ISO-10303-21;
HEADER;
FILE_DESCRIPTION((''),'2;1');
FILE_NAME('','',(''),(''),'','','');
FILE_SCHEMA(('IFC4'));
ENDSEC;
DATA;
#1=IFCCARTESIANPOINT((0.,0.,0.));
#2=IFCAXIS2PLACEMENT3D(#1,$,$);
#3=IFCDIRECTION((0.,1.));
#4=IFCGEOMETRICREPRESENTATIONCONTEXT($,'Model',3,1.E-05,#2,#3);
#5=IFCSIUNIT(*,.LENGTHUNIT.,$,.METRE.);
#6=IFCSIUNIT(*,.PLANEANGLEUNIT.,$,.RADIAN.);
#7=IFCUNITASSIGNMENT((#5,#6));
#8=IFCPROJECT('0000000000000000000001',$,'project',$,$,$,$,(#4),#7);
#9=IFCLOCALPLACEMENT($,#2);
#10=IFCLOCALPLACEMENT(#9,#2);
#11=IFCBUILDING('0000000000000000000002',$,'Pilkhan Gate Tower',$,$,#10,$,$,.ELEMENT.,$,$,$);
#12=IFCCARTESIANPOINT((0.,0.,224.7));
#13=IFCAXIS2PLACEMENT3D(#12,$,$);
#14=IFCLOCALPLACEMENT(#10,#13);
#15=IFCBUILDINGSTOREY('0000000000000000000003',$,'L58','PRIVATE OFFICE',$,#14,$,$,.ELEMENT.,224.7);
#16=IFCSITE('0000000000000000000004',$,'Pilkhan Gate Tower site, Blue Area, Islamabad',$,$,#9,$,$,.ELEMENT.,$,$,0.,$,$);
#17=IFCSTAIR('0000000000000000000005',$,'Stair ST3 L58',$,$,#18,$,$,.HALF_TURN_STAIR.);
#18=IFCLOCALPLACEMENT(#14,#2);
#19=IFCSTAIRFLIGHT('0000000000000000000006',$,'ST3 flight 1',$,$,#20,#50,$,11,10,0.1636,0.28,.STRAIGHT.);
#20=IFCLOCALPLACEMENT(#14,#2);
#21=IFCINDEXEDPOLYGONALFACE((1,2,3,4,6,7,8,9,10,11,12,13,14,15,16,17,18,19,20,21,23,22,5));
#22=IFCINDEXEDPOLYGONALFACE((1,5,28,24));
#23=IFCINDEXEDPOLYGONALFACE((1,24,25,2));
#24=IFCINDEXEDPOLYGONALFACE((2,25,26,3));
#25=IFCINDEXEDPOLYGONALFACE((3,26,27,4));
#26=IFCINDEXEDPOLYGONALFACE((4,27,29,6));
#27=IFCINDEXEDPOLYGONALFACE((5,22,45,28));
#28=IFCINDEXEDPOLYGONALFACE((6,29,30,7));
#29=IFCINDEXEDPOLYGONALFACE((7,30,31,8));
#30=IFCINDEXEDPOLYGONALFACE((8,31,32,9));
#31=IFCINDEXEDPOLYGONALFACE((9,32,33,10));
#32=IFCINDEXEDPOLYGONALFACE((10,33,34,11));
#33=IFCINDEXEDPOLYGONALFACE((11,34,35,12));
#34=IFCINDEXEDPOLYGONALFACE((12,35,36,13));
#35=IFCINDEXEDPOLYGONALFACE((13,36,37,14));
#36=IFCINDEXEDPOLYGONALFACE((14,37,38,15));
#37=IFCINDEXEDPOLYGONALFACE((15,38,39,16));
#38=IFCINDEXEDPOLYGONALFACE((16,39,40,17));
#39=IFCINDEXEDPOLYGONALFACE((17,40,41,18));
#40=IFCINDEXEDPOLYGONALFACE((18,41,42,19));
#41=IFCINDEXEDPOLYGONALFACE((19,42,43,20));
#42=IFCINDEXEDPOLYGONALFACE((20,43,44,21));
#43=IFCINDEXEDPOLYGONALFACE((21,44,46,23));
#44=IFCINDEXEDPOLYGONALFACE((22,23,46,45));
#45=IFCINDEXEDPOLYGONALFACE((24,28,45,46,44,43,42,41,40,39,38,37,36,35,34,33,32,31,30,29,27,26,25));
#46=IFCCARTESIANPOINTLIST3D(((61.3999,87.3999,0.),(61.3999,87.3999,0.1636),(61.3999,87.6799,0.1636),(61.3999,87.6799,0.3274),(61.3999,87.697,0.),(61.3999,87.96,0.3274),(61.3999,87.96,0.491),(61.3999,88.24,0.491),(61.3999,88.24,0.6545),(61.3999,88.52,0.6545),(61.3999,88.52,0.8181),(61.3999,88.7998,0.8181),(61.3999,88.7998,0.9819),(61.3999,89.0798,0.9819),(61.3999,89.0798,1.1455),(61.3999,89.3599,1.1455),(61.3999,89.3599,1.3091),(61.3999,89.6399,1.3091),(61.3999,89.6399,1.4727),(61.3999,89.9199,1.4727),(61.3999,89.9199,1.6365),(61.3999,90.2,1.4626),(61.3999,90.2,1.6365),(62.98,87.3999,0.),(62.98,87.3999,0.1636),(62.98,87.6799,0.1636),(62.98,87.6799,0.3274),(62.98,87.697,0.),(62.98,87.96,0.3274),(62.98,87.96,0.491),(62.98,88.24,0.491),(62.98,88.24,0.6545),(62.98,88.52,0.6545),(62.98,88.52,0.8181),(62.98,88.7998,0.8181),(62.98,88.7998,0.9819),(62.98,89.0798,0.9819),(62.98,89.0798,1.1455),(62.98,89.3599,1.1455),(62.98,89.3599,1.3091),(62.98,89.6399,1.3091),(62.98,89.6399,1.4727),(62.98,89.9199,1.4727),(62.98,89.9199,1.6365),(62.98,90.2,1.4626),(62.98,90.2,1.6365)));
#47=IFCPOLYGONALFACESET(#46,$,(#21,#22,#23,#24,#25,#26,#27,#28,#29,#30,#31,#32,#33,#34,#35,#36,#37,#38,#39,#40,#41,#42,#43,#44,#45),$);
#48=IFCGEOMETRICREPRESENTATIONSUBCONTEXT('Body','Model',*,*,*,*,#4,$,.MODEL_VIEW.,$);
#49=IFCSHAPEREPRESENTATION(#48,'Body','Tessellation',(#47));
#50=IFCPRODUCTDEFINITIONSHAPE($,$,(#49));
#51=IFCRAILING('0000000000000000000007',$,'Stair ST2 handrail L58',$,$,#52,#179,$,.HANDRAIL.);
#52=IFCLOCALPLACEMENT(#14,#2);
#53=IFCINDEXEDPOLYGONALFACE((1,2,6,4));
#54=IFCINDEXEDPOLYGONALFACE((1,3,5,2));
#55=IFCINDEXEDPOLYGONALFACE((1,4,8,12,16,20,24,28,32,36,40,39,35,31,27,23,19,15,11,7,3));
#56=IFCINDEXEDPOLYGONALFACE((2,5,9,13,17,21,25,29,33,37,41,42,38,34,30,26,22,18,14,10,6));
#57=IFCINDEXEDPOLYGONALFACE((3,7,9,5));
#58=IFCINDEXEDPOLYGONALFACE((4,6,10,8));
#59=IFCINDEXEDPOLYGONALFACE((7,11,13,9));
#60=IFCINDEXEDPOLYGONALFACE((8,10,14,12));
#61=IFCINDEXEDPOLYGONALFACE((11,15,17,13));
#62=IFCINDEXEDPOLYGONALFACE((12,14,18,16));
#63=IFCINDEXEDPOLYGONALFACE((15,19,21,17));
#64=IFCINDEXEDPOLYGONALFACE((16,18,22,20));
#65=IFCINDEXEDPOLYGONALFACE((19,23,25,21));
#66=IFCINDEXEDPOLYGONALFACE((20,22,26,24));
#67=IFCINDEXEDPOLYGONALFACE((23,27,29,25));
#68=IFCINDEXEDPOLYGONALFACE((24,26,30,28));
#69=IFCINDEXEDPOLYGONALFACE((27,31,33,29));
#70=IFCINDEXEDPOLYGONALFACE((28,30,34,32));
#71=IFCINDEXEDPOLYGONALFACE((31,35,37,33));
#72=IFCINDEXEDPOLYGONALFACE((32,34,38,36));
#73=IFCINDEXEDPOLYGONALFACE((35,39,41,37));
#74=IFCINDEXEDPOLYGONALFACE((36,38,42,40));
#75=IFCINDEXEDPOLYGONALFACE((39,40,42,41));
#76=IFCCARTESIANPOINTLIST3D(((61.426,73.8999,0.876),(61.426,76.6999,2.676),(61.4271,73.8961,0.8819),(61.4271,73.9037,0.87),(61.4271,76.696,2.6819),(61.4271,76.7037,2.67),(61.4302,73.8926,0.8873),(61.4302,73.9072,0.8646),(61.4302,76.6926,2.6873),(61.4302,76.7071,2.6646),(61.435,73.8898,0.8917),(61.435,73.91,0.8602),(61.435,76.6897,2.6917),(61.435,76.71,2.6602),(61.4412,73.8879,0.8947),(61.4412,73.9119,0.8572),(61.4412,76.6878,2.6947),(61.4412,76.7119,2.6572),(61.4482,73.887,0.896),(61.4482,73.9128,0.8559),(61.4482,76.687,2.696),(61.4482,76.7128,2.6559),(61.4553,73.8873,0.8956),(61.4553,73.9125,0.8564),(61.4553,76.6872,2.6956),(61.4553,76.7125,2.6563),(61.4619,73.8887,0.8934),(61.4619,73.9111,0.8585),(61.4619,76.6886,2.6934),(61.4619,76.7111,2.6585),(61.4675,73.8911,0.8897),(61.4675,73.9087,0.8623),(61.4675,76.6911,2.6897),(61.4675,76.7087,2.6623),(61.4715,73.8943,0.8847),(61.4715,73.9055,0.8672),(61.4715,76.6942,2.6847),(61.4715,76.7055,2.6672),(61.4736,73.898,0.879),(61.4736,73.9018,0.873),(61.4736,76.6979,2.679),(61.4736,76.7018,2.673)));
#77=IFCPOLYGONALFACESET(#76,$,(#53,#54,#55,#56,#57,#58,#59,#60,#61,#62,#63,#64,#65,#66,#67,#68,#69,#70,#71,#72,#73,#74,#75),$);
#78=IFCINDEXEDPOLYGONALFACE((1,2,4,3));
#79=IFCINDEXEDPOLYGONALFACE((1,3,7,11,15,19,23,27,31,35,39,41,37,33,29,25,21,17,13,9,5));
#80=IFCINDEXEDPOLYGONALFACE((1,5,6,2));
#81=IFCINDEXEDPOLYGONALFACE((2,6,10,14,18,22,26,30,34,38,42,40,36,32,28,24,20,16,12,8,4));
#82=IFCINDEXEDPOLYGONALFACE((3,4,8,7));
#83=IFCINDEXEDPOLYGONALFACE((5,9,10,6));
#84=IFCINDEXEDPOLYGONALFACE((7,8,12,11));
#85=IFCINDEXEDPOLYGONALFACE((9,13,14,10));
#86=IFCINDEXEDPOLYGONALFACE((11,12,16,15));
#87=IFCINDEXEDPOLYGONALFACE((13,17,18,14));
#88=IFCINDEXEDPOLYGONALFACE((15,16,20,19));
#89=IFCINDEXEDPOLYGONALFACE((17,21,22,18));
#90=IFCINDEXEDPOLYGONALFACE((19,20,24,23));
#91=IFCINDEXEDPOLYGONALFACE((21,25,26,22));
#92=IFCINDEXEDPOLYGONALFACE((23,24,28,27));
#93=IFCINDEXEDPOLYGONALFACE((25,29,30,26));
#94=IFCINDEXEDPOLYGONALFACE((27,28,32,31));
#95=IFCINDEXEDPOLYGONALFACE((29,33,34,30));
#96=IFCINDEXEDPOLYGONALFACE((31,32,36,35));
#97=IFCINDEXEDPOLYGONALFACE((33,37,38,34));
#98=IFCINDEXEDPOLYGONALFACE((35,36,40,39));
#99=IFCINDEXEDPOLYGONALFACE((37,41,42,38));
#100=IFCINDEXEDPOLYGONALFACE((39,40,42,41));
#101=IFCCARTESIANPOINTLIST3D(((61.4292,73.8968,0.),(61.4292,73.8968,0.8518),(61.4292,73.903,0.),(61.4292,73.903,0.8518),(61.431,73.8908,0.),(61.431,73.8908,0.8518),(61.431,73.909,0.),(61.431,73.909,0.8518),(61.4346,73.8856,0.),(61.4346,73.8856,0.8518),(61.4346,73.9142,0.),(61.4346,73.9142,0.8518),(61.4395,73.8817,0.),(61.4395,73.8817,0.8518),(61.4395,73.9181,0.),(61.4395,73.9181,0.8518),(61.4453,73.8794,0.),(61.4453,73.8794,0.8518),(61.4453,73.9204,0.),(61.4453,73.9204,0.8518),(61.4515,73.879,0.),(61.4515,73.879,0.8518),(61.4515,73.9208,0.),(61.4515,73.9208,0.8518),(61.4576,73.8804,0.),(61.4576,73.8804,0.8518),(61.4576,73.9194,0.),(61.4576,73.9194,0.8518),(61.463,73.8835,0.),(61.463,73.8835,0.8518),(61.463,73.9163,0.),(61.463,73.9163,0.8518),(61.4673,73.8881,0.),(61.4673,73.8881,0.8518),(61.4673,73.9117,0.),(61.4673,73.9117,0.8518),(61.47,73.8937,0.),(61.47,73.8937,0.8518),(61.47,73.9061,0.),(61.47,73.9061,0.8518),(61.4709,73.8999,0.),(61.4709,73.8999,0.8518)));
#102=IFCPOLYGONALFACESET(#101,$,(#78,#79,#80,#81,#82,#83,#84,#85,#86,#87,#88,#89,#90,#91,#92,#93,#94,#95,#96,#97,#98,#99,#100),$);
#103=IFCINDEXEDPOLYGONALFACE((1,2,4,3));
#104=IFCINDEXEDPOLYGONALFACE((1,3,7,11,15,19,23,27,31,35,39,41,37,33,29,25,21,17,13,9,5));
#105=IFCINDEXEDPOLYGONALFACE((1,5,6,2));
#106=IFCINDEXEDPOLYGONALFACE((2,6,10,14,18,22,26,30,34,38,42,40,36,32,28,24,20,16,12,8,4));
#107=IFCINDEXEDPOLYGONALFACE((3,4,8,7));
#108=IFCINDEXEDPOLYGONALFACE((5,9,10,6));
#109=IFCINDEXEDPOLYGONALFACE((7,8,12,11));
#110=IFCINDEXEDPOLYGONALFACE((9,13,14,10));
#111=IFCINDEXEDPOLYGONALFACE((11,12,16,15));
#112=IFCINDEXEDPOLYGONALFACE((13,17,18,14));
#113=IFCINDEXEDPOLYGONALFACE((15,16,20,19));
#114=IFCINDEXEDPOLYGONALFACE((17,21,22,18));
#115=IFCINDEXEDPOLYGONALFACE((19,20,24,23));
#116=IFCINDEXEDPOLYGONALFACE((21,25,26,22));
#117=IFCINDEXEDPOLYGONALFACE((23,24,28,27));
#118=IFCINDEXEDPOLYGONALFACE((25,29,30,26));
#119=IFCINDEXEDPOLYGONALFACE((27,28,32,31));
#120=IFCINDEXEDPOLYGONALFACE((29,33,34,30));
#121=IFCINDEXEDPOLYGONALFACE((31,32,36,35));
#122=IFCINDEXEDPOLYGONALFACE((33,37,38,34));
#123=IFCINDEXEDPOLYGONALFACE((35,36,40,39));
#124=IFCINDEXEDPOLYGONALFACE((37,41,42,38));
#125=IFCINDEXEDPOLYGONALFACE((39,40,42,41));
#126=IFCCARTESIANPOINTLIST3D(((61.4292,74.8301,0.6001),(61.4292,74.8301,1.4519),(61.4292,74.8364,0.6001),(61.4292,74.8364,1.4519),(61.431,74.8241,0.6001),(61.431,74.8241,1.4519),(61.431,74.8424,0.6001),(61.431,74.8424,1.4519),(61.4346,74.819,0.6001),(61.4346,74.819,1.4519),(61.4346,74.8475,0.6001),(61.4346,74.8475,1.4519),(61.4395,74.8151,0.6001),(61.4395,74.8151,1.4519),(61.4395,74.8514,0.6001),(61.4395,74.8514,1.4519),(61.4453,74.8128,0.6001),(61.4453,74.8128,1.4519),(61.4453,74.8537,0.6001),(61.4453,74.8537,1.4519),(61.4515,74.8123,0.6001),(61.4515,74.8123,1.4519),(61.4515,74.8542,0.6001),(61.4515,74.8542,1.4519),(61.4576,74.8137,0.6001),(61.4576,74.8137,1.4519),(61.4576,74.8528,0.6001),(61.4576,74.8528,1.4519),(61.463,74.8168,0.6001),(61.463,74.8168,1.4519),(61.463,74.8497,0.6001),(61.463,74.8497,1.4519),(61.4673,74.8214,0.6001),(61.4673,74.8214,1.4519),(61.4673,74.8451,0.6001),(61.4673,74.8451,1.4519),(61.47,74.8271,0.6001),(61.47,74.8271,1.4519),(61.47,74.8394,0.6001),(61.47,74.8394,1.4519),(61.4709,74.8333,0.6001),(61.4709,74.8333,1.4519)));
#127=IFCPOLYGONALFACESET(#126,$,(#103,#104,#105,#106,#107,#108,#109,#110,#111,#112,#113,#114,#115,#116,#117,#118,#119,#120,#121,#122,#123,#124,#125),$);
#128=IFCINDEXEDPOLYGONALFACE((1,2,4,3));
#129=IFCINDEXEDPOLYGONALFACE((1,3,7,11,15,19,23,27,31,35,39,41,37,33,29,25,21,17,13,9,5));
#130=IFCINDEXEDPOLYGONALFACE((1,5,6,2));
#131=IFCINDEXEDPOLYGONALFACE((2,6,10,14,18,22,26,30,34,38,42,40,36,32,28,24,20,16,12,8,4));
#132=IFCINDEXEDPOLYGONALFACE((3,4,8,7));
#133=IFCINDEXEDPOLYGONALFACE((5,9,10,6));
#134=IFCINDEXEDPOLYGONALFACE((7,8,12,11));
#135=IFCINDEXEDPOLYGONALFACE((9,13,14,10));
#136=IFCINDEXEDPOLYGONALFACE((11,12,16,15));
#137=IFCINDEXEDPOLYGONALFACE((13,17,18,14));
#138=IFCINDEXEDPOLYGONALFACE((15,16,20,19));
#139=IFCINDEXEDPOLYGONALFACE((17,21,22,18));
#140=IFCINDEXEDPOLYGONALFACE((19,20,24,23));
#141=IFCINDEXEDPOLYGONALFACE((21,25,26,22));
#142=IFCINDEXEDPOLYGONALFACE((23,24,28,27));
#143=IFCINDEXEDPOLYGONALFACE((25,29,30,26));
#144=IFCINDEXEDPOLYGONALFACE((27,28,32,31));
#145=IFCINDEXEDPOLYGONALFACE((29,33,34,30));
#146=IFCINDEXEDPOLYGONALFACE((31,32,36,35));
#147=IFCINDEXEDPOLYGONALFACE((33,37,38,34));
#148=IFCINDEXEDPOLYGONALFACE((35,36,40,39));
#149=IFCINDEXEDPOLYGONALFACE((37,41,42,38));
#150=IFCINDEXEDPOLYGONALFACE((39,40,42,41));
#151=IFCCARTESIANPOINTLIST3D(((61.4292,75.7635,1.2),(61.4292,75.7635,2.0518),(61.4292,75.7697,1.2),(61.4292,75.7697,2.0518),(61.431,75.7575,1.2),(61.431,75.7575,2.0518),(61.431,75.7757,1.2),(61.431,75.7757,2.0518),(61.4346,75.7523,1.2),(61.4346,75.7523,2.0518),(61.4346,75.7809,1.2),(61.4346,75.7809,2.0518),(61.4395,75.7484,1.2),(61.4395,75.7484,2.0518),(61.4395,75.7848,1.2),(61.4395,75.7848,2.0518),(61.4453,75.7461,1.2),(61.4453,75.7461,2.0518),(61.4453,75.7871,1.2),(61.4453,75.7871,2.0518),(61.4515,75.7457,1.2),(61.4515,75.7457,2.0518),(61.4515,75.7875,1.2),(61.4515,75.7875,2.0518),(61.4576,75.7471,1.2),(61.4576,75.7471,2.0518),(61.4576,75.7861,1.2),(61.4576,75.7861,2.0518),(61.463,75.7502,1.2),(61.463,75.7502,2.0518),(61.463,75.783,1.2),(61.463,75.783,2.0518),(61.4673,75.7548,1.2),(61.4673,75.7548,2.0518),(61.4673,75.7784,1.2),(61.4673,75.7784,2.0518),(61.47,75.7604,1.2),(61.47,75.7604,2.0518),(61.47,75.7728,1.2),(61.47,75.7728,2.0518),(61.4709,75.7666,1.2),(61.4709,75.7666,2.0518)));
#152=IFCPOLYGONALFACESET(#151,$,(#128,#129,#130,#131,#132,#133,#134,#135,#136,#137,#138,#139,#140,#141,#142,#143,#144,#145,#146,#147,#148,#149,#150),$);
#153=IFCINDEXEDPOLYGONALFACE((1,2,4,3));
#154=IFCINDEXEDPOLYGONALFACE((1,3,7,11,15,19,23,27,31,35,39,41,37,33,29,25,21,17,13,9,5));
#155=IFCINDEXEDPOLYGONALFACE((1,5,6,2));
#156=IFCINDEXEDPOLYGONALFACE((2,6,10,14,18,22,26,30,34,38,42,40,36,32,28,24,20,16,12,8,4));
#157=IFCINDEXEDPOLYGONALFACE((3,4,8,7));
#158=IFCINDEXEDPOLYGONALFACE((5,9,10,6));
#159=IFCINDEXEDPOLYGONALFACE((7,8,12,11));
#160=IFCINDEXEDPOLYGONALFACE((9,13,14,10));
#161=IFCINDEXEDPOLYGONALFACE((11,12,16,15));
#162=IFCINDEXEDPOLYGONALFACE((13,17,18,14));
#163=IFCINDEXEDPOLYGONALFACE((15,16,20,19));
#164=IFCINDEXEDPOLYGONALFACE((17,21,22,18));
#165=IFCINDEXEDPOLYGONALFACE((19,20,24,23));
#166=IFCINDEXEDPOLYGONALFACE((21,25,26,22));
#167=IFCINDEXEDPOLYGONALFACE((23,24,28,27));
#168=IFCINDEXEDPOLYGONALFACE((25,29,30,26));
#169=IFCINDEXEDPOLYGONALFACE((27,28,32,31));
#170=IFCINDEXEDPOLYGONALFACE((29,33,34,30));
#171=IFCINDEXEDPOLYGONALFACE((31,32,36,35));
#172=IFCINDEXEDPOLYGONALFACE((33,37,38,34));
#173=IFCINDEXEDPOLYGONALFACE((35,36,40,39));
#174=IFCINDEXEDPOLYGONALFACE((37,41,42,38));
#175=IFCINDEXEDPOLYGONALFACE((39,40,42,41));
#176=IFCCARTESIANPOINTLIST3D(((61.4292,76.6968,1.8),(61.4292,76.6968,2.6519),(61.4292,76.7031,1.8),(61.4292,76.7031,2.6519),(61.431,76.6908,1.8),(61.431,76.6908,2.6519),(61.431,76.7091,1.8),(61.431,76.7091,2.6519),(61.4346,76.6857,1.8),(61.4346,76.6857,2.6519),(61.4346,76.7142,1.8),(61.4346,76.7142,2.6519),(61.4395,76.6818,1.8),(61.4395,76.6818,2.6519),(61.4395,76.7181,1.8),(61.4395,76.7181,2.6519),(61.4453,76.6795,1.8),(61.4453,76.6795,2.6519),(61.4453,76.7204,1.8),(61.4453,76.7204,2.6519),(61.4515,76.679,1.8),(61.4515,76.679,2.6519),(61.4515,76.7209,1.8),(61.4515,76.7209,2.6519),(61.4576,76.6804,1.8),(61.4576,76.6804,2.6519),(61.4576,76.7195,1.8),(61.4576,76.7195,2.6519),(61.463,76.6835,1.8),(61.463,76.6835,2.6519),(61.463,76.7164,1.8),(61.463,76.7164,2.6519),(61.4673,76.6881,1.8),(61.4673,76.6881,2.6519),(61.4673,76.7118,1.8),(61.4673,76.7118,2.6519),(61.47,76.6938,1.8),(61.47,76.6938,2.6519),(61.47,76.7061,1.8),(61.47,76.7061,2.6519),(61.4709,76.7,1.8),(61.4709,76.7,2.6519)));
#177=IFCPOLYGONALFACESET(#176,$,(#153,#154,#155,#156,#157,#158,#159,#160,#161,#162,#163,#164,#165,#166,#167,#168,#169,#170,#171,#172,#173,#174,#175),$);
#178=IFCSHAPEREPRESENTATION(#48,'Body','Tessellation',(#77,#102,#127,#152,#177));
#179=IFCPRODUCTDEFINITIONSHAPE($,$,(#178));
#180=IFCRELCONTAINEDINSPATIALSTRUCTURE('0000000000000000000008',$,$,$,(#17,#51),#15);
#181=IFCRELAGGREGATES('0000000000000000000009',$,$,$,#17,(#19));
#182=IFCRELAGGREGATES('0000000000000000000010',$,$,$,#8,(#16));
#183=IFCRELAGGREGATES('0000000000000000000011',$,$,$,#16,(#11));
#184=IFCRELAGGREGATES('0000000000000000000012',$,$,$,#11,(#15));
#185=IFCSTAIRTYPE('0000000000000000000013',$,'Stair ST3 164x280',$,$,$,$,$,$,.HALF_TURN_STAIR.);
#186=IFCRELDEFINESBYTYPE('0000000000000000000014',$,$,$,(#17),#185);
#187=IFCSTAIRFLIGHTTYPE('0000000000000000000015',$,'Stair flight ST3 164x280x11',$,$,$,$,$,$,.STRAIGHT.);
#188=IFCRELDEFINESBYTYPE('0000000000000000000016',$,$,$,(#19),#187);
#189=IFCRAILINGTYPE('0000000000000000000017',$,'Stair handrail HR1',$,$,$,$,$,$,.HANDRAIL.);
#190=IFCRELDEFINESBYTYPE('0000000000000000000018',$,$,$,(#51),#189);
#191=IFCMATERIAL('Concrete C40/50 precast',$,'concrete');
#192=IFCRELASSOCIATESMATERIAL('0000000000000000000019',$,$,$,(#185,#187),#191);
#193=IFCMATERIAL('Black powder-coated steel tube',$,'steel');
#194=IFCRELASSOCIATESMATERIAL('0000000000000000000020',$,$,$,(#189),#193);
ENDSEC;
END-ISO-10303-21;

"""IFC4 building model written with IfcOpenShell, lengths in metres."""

from ifc_helpers import new_model, si_unit, direction, frame, origin, origin_2d, place, context, subcontext, project, spatial, polyline, circle, outline, extrude, material, type_object, element, aggregate, save


model = new_model("IFC4")

# Units and contexts
model_context = context("Model", 3, precision=1e-05, world=origin(), true_north=direction((0.0, 1.0)))
body_context = subcontext(model_context, "Body", "Model", "MODEL_VIEW")
ifc_project = project(units=[si_unit("LENGTHUNIT", "METRE"), si_unit("PLANEANGLEUNIT", "RADIAN")], contexts=[model_context])

# Site, building, storey
site_placement = place(None, origin())
site = spatial("IfcSite", under=ifc_project, at=site_placement, Name="Pilkhan Gate Tower site, Blue Area, Islamabad", CompositionType="ELEMENT", RefElevation=0.0)
building_placement = place(site_placement, origin())
building = spatial("IfcBuilding", under=site, at=building_placement, Name="Pilkhan Gate Tower", CompositionType="ELEMENT")
storey_placement = place(building_placement, frame((0.0, 0.0, 224.7)))
storey = spatial("IfcBuildingStorey", under=building, at=storey_placement, Name="L58", Description="PRIVATE OFFICE", CompositionType="ELEMENT", Elevation=224.7)

# Shared definitions
ifc_material_1 = material(Name="Concrete C40/50 precast", Category="concrete")

# Stair, stair flight
stair_type_1 = type_object("IfcStairType", Name="Stair ST3 164x280", PredefinedType="HALF_TURN_STAIR", material=ifc_material_1)
stair_1_placement = place(storey_placement, origin())
stair_1 = element("IfcStair", 1, at=stair_1_placement, inside=storey, type_object=stair_type_1, Name="Stair ST3 L58", PredefinedType="HALF_TURN_STAIR")
stair_flight_type_1 = type_object("IfcStairFlightType", Name="Stair flight ST3 164x280x11", PredefinedType="STRAIGHT", material=ifc_material_1)
stair_flight_1_placement = place(storey_placement, frame((62.1899, 87.3999, 0.0), z_axis=(0.0, 0.0, 1.0), x_axis=(0.0, 1.0, 0.0)))
stair_flight_1 = element("IfcStairFlight", 2, at=stair_flight_1_placement, type_object=stair_flight_type_1, Name="ST3 flight 1", NumberOfRisers=11, NumberOfTreads=10, PredefinedType="STRAIGHT", RiserHeight=0.1636, TreadLength=0.28, context=body_context, shape_type="SweptSolid", body=[
    extrude(outline(polyline([(0.0, 0.0), (0.0, 0.1636), (0.28, 0.1636), (0.28, 0.3274), (0.5601, 0.3274), (0.5601, 0.491), (0.8401, 0.491), (0.8401, 0.6545), (1.1201, 0.6545), (1.1201, 0.8181), (1.3999, 0.8181), (1.3999, 0.9819), (1.6799, 0.9819), (1.6799, 1.1455), (1.96, 1.1455), (1.96, 1.3091), (2.24, 1.3091), (2.24, 1.4727), (2.52, 1.4727), (2.52, 1.6365), (2.8, 1.6365), (2.8, 1.8), (2.8, 1.4626), (0.2971, 0.0), (0.0, 0.0)])), frame((0.0, 0.79, 0.0), z_axis=(0.0, -1.0, 0.0), x_axis=(1.0, 0.0, 0.0)), (0.0, 0.0, 1.0), 1.5801),
])
aggregate(stair_1, [stair_flight_1])

# Railing
ifc_material_2 = material(Name="Black powder-coated steel tube", Category="steel")
railing_type_1 = type_object("IfcRailingType", Name="Stair handrail HR1", PredefinedType="HANDRAIL", material=ifc_material_2)
for number, where, name in (
    (3, (61.45, 73.8999, 0.0), "Stair ST2 handrail L58"),
):
    element("IfcRailing", number, at=place(storey_placement, frame(where)), inside=storey, type_object=railing_type_1, Name=name, PredefinedType="HANDRAIL", context=body_context, shape_type="SweptSolid", body=[
        extrude(circle(Radius=0.0239, at=origin_2d()), frame((0.0, 0.0, 0.876), z_axis=(0.0, 0.841176, 0.540761), x_axis=(-1.0, 0.0, 0.0)), (0.0, 0.0, 1.0), 3.3286),
        extrude(circle(Radius=0.021, at=origin_2d()), origin(), (0.0, 0.0, 1.0), 0.8518),
        extrude(circle(Radius=0.021, at=origin_2d()), frame((0.0, 0.9333, 0.6001)), (0.0, 0.0, 1.0), 0.8518),
        extrude(circle(Radius=0.021, at=origin_2d()), frame((0.0, 1.8667, 1.2)), (0.0, 0.0, 1.0), 0.8518),
        extrude(circle(Radius=0.021, at=origin_2d()), frame((0.0, 2.8, 1.8)), (0.0, 0.0, 1.0), 0.8518),
    ])

save(model, "model.ifc")
